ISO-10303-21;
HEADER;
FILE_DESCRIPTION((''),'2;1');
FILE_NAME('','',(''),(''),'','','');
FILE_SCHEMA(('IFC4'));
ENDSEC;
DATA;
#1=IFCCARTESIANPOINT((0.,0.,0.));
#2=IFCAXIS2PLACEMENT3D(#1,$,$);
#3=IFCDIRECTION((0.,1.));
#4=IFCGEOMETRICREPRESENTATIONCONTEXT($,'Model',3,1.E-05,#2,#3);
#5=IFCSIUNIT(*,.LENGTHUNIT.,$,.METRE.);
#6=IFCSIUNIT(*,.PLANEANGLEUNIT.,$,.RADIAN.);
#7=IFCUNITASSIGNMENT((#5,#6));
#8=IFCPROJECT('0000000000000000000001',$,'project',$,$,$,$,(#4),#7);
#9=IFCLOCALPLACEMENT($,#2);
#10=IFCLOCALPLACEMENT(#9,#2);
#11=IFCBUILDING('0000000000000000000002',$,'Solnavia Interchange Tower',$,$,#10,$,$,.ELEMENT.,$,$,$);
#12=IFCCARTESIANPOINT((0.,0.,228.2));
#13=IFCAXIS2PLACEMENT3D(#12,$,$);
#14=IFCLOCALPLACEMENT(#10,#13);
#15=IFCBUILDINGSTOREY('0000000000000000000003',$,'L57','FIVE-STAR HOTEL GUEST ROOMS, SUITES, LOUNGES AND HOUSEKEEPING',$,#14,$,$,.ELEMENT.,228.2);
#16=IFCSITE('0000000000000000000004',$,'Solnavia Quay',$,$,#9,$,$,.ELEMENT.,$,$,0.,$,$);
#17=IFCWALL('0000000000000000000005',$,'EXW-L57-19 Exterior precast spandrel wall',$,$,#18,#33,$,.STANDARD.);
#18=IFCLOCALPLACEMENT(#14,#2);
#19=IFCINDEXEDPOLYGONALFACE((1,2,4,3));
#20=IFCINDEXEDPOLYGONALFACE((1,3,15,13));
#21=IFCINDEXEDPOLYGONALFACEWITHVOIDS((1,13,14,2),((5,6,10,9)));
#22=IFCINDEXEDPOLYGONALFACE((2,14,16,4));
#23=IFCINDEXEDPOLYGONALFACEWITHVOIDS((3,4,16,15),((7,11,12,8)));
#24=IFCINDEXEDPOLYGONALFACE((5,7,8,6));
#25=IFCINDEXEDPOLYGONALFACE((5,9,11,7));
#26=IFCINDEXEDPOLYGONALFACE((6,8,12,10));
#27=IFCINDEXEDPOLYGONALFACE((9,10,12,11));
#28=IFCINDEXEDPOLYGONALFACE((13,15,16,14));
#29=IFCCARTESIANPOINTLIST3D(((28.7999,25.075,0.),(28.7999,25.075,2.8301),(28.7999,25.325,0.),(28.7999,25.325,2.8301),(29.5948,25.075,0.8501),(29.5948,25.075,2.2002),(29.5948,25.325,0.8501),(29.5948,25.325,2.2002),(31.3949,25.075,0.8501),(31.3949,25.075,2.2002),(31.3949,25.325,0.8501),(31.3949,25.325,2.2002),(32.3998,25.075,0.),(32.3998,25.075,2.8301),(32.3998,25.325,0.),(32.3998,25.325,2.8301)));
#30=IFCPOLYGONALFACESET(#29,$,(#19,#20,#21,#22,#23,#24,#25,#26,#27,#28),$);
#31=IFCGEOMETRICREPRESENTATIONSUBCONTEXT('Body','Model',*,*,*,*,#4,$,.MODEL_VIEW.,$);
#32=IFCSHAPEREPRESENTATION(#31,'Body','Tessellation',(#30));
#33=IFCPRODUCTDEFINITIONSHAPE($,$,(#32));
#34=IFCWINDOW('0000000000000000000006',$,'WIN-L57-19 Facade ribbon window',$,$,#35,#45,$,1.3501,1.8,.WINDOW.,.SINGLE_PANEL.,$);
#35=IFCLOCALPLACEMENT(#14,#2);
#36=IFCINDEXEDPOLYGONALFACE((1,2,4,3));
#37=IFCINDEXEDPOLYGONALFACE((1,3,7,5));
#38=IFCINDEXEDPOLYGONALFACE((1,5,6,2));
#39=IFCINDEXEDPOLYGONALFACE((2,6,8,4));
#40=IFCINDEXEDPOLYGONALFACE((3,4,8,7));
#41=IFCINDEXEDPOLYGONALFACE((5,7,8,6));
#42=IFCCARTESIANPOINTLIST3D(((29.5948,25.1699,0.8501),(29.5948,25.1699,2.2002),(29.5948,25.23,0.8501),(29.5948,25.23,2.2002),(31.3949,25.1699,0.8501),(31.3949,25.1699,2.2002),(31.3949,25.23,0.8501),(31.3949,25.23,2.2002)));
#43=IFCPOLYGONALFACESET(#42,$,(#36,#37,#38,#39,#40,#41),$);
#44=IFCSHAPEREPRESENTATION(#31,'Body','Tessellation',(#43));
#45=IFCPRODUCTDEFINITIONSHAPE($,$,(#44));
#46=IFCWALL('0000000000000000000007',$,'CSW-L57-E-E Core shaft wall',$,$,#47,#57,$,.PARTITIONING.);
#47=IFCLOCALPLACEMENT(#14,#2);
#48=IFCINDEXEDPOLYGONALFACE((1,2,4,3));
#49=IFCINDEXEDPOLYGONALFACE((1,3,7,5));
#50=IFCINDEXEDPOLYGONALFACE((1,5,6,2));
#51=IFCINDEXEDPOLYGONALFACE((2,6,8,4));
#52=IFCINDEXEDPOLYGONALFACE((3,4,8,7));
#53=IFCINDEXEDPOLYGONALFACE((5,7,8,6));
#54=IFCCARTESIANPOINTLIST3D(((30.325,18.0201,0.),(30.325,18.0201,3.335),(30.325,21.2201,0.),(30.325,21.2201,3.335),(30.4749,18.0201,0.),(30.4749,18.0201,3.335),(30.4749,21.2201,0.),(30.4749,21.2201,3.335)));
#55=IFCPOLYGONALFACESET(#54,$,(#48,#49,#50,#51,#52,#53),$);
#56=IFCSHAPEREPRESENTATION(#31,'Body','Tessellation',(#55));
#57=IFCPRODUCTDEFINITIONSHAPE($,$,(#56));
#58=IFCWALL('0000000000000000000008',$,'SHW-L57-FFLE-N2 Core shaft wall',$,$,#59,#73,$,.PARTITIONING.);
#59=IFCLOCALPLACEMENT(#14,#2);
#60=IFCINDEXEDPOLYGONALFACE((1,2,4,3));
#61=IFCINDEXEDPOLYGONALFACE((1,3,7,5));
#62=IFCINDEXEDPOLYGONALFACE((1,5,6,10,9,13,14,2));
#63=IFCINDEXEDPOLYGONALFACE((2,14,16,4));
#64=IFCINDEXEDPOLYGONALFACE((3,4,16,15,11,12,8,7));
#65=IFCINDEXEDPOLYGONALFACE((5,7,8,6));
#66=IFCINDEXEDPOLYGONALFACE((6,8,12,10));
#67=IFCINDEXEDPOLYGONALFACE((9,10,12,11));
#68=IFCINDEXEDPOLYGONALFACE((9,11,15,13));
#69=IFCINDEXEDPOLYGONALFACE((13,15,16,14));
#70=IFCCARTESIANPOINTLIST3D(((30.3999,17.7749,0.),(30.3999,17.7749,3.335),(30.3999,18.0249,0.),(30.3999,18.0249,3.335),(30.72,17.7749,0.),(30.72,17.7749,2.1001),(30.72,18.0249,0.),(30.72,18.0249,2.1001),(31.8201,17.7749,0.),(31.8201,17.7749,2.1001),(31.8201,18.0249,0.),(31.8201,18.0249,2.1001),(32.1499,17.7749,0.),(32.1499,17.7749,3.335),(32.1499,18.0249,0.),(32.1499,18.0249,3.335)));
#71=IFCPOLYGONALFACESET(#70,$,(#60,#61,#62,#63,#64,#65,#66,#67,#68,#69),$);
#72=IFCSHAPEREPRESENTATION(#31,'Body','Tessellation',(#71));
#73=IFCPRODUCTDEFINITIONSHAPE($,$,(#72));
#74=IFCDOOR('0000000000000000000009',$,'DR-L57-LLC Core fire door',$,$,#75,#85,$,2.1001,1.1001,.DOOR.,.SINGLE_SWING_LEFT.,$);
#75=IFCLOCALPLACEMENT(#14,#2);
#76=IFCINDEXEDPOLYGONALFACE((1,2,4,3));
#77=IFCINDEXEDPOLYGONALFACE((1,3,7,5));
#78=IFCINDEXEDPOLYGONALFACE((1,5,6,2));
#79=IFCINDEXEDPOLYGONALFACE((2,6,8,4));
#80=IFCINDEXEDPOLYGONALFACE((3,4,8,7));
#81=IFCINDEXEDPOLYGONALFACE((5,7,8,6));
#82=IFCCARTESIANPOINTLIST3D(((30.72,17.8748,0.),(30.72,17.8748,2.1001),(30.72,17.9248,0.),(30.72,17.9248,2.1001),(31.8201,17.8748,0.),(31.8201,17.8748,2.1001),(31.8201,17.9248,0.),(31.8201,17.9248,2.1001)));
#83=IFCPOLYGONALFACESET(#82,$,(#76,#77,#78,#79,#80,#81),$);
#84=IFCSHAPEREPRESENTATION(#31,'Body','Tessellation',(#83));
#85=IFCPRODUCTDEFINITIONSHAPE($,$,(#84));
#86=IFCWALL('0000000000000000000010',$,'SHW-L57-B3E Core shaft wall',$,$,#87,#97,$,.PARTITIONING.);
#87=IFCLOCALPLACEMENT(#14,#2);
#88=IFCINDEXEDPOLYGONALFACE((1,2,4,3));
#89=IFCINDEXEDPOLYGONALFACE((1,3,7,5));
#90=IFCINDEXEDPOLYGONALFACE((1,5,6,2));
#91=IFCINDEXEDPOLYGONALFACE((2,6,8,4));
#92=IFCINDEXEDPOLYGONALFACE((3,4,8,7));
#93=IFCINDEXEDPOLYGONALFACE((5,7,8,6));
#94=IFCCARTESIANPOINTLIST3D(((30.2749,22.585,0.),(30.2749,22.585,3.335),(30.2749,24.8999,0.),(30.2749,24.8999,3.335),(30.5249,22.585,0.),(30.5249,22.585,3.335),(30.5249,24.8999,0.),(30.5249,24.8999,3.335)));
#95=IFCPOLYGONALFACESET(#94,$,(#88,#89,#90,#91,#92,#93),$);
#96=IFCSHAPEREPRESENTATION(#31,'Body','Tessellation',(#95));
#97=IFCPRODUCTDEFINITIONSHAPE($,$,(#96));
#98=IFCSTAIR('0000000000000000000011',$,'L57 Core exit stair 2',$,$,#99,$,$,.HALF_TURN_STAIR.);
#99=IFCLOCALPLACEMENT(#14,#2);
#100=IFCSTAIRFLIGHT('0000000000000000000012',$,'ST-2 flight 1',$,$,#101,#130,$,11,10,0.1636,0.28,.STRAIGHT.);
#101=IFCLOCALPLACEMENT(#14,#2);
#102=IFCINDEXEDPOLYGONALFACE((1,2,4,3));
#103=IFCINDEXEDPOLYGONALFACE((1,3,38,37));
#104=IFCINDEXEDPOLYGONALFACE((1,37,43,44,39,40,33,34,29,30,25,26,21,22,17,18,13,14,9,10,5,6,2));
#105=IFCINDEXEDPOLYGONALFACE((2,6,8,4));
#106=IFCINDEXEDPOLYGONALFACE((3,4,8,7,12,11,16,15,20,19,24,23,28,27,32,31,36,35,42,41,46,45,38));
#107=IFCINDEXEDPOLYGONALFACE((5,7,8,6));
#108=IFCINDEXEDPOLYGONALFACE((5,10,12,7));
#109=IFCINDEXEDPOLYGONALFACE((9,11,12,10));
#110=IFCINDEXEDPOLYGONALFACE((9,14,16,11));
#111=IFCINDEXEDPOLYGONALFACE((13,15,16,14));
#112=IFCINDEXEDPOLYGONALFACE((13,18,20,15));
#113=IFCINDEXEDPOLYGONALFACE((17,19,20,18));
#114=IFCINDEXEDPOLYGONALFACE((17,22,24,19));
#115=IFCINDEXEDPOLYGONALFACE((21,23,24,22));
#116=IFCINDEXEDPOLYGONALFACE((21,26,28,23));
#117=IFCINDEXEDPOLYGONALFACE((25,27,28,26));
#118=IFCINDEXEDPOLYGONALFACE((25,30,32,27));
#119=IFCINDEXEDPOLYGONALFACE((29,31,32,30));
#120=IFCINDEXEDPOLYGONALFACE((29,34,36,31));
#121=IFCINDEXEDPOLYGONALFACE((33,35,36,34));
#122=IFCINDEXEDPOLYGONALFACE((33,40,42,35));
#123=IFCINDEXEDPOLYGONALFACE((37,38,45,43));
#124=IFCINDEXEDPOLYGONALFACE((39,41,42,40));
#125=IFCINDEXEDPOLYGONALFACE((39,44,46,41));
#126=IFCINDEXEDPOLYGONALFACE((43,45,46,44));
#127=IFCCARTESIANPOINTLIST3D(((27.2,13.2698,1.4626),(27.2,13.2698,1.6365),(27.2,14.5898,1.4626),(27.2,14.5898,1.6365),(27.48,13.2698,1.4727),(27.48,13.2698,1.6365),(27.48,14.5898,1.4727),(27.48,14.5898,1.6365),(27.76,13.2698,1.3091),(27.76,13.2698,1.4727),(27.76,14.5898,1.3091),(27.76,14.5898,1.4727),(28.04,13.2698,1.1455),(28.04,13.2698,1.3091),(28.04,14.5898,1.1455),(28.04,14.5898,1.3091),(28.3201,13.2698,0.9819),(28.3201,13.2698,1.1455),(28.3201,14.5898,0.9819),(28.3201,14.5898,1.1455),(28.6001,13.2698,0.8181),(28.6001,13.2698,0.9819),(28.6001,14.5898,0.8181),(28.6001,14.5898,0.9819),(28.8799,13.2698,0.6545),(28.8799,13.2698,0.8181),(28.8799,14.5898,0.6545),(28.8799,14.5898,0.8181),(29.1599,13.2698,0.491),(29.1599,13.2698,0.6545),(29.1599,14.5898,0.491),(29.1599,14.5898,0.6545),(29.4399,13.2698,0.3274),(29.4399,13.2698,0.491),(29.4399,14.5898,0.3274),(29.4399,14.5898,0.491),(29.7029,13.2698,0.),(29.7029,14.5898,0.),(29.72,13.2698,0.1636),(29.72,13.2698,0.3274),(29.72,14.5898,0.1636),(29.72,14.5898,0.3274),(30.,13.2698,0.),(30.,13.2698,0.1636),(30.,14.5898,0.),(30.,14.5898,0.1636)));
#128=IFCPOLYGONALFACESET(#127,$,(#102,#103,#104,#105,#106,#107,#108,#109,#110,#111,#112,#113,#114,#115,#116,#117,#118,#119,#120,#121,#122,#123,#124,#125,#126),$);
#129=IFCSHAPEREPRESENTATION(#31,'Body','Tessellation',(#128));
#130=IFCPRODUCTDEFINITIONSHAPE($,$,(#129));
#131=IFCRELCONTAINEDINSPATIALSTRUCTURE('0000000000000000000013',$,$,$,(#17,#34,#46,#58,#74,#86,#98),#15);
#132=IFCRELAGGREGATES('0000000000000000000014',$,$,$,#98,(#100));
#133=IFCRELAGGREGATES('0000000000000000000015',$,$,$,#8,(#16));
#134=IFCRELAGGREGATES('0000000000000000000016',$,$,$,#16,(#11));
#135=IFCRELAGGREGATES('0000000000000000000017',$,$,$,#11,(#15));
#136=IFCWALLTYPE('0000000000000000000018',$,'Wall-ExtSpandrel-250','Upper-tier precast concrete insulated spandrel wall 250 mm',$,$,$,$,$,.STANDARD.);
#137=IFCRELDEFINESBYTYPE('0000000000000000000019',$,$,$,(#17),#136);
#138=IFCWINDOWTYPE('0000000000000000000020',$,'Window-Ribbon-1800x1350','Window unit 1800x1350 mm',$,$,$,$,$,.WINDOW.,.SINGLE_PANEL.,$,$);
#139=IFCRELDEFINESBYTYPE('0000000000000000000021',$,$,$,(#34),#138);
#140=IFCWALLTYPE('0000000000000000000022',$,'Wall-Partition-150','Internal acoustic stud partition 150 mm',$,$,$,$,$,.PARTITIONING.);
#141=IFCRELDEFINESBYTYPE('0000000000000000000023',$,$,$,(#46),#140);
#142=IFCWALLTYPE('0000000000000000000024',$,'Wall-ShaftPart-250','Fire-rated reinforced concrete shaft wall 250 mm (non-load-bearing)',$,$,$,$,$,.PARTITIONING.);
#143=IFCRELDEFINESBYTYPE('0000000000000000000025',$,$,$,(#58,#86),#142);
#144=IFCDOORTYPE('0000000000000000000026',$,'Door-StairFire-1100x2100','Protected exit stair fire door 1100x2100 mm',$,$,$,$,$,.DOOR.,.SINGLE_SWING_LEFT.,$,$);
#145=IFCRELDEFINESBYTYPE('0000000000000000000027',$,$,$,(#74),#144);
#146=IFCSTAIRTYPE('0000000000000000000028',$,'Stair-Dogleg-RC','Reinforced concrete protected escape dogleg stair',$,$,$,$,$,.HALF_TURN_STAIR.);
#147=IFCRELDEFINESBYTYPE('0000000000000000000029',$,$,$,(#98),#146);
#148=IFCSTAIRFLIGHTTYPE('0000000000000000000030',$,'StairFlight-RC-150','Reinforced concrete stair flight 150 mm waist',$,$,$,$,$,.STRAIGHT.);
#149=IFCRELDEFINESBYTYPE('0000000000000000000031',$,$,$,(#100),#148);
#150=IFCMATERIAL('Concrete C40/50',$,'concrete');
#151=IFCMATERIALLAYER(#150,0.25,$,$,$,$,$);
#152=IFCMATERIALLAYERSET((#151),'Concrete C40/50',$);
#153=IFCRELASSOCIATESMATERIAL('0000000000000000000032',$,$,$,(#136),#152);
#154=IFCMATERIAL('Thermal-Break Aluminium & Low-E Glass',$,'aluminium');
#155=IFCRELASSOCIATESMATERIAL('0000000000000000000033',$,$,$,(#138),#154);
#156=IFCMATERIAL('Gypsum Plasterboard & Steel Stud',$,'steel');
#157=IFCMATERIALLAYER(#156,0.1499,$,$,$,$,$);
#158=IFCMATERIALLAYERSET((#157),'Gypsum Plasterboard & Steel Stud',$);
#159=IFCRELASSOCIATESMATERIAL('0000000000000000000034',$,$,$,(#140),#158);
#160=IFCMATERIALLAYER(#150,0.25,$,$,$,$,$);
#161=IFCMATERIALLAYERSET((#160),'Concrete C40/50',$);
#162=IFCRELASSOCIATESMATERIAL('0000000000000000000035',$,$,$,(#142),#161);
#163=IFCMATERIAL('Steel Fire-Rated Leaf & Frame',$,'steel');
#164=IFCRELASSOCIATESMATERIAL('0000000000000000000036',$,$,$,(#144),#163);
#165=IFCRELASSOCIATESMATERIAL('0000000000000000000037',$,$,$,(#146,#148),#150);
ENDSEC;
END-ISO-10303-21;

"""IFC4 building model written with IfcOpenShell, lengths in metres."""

from ifc_helpers import new_model, si_unit, direction, frame, frame_2d, origin, place, context, subcontext, project, spatial, polyline, rectangle, outline, extrude, material, layer, layer_set, type_object, element, fill, aggregate, save


model = new_model("IFC4")

# Units and contexts
model_context = context("Model", 3, precision=1e-05, world=origin(), true_north=direction((0.0, 1.0)))
body_context = subcontext(model_context, "Body", "Model", "MODEL_VIEW")
ifc_project = project(units=[si_unit("LENGTHUNIT", "METRE"), si_unit("PLANEANGLEUNIT", "RADIAN")], contexts=[model_context])

# Site, building, storey
site_placement = place(None, origin())
site = spatial("IfcSite", under=ifc_project, at=site_placement, Name="Solnavia Quay", CompositionType="ELEMENT", RefElevation=0.0)
building_placement = place(site_placement, origin())
building = spatial("IfcBuilding", under=site, at=building_placement, Name="Solnavia Interchange Tower", CompositionType="ELEMENT")
storey_placement = place(building_placement, frame((0.0, 0.0, 228.2)))
storey = spatial("IfcBuildingStorey", under=building, at=storey_placement, Name="L57", Description="FIVE-STAR HOTEL GUEST ROOMS, SUITES, LOUNGES AND HOUSEKEEPING", CompositionType="ELEMENT", Elevation=228.2)

# Shared definitions
ifc_material_1 = material(Name="Concrete C40/50", Category="concrete")
ifc_layer_1 = layer(ifc_material_1, 0.25)
ifc_layer_set_1 = layer_set([ifc_layer_1], Name="Concrete C40/50")
wall_type_1 = type_object("IfcWallType", Name="Wall-ExtSpandrel-250", Description="Upper-tier precast concrete insulated spandrel wall 250 mm", PredefinedType="STANDARD", material=ifc_layer_set_1)
ifc_material_2 = material(Name="Thermal-Break Aluminium & Low-E Glass", Category="aluminium")
window_type = type_object("IfcWindowType", Name="Window-Ribbon-1800x1350", Description="Window unit 1800x1350 mm", PartitioningType="SINGLE_PANEL", PredefinedType="WINDOW", material=ifc_material_2)

# Wall, opening, window
wall_1_placement = place(storey_placement, frame((28.8, 25.2, 0.0), z_axis=(0.0, 0.0, 1.0), x_axis=(1.0, 0.0, 0.0)))
wall_1 = element("IfcWall", 1, at=wall_1_placement, inside=storey, type_object=wall_type_1, Name="EXW-L57-19 Exterior precast spandrel wall", PredefinedType="STANDARD", context=body_context, shape_type="SweptSolid", body=[
    extrude(rectangle(XDim=3.5999, YDim=0.25, at=frame_2d((1.7998, 0.0))), origin(), (0.0, 0.0, 1.0), 2.8301),
])
opening_1_placement = place(wall_1_placement, frame((0.7949, 0.0, 0.8501)))
opening_1 = element("IfcOpeningElement", 2, at=opening_1_placement, cuts=wall_1, PredefinedType="OPENING", context=body_context, shape_type="SweptSolid", body=[
    extrude(rectangle(XDim=1.8, YDim=1.3501, at=frame_2d((0.8999, 0.675))), frame((0.0, 0.135, 0.0), z_axis=(0.0, -1.0, 0.0), x_axis=(1.0, 0.0, 0.0)), (0.0, 0.0, 1.0), 0.27),
])
window_1_placement = place(opening_1_placement, origin())
window_1 = element("IfcWindow", 3, at=window_1_placement, inside=storey, type_object=window_type, Name="WIN-L57-19 Facade ribbon window", OverallHeight=1.3501, OverallWidth=1.8, PartitioningType="SINGLE_PANEL", PredefinedType="WINDOW", context=body_context, shape_type="SweptSolid", body=[
    extrude(rectangle(XDim=1.8, YDim=1.3501, at=frame_2d((0.8999, 0.675))), frame((0.0, 0.03, 0.0), z_axis=(0.0, -1.0, 0.0), x_axis=(1.0, 0.0, 0.0)), (0.0, 0.0, 1.0), 0.0601),
])
fill(opening_1, window_1)

# Wall
ifc_material_3 = material(Name="Gypsum Plasterboard & Steel Stud", Category="steel")
ifc_layer_2 = layer(ifc_material_3, 0.1499)
ifc_layer_set_2 = layer_set([ifc_layer_2], Name="Gypsum Plasterboard & Steel Stud")
wall_type_2 = type_object("IfcWallType", Name="Wall-Partition-150", Description="Internal acoustic stud partition 150 mm", PredefinedType="PARTITIONING", material=ifc_layer_set_2)
wall_2_placement = place(storey_placement, frame((30.3999, 18.02, 0.0), z_axis=(0.0, 0.0, 1.0), x_axis=(0.0, 1.0, 0.0)))
element("IfcWall", 4, at=wall_2_placement, inside=storey, type_object=wall_type_2, Name="CSW-L57-E-E Core shaft wall", PredefinedType="PARTITIONING", context=body_context, shape_type="SweptSolid", body=[
    extrude(rectangle(XDim=3.2, YDim=0.1499, at=frame_2d((1.6001, 0.0))), origin(), (0.0, 0.0, 1.0), 3.335),
])

# Wall, opening, door
ifc_layer_3 = layer(ifc_material_1, 0.25)
ifc_layer_set_3 = layer_set([ifc_layer_3], Name="Concrete C40/50")
wall_type_3 = type_object("IfcWallType", Name="Wall-ShaftPart-250", Description="Fire-rated reinforced concrete shaft wall 250 mm (non-load-bearing)", PredefinedType="PARTITIONING", material=ifc_layer_set_3)
wall_3_placement = place(storey_placement, frame((30.3999, 17.8999, 0.0), z_axis=(0.0, 0.0, 1.0), x_axis=(1.0, 0.0, 0.0)))
wall_3 = element("IfcWall", 5, at=wall_3_placement, inside=storey, type_object=wall_type_3, Name="SHW-L57-FFLE-N2 Core shaft wall", PredefinedType="PARTITIONING", context=body_context, shape_type="SweptSolid", body=[
    extrude(rectangle(XDim=1.75, YDim=0.25, at=frame_2d((0.875, 0.0))), origin(), (0.0, 0.0, 1.0), 3.335),
])
opening_2_placement = place(wall_3_placement, frame((0.3201, 0.0, 0.0)))
opening_2 = element("IfcOpeningElement", 6, at=opening_2_placement, cuts=wall_3, PredefinedType="OPENING", context=body_context, shape_type="SweptSolid", body=[
    extrude(rectangle(XDim=1.1001, YDim=2.1001, at=frame_2d((0.55, 1.05))), frame((0.0, 0.135, 0.0), z_axis=(0.0, -1.0, 0.0), x_axis=(1.0, 0.0, 0.0)), (0.0, 0.0, 1.0), 0.27),
])
ifc_material_4 = material(Name="Steel Fire-Rated Leaf & Frame", Category="steel")
door_type = type_object("IfcDoorType", Name="Door-StairFire-1100x2100", Description="Protected exit stair fire door 1100x2100 mm", OperationType="SINGLE_SWING_LEFT", PredefinedType="DOOR", material=ifc_material_4)
door_placement = place(opening_2_placement, origin())
door = element("IfcDoor", 7, at=door_placement, inside=storey, type_object=door_type, Name="DR-L57-LLC Core fire door", OperationType="SINGLE_SWING_LEFT", OverallHeight=2.1001, OverallWidth=1.1001, PredefinedType="DOOR", context=body_context, shape_type="SweptSolid", body=[
    extrude(rectangle(XDim=1.1001, YDim=2.1001, at=frame_2d((0.55, 1.05))), frame((0.0, 0.0249, 0.0), z_axis=(0.0, -1.0, 0.0), x_axis=(1.0, 0.0, 0.0)), (0.0, 0.0, 1.0), 0.05),
])
fill(opening_2, door)

# Wall
wall_4_placement = place(storey_placement, frame((30.3999, 22.585, 0.0), z_axis=(0.0, 0.0, 1.0), x_axis=(0.0, 1.0, 0.0)))
element("IfcWall", 8, at=wall_4_placement, inside=storey, type_object=wall_type_3, Name="SHW-L57-B3E Core shaft wall", PredefinedType="PARTITIONING", context=body_context, shape_type="SweptSolid", body=[
    extrude(rectangle(XDim=2.3149, YDim=0.25, at=frame_2d((1.1575, 0.0))), origin(), (0.0, 0.0, 1.0), 3.335),
])

# Stair, stair flight
stair_type = type_object("IfcStairType", Name="Stair-Dogleg-RC", Description="Reinforced concrete protected escape dogleg stair", PredefinedType="HALF_TURN_STAIR", material=ifc_material_1)
stair_placement = place(storey_placement, origin())
stair = element("IfcStair", 9, at=stair_placement, inside=storey, type_object=stair_type, Name="L57 Core exit stair 2", PredefinedType="HALF_TURN_STAIR")
stair_flight_type = type_object("IfcStairFlightType", Name="StairFlight-RC-150", Description="Reinforced concrete stair flight 150 mm waist", PredefinedType="STRAIGHT", material=ifc_material_1)
stair_flight_placement = place(storey_placement, frame((30.0, 13.9299, 0.0), z_axis=(0.0, 0.0, 1.0), x_axis=(-1.0, 0.0, 0.0)))
stair_flight = element("IfcStairFlight", 10, at=stair_flight_placement, type_object=stair_flight_type, Name="ST-2 flight 1", NumberOfRisers=11, NumberOfTreads=10, PredefinedType="STRAIGHT", RiserHeight=0.1636, TreadLength=0.28, context=body_context, shape_type="SweptSolid", body=[
    extrude(outline(polyline([(0.0, 0.0), (0.0, 0.1636), (0.28, 0.1636), (0.28, 0.3274), (0.5601, 0.3274), (0.5601, 0.491), (0.8401, 0.491), (0.8401, 0.6545), (1.1201, 0.6545), (1.1201, 0.8181), (1.3999, 0.8181), (1.3999, 0.9819), (1.6799, 0.9819), (1.6799, 1.1455), (1.96, 1.1455), (1.96, 1.3091), (2.24, 1.3091), (2.24, 1.4727), (2.52, 1.4727), (2.52, 1.6365), (2.8, 1.6365), (2.8, 1.8), (2.8, 1.4626), (0.2971, 0.0), (0.0, 0.0)])), frame((0.0, 0.6602, 0.0), z_axis=(0.0, -1.0, 0.0), x_axis=(1.0, 0.0, 0.0)), (0.0, 0.0, 1.0), 1.3201),
])
aggregate(stair, [stair_flight])

save(model, "model.ifc")
